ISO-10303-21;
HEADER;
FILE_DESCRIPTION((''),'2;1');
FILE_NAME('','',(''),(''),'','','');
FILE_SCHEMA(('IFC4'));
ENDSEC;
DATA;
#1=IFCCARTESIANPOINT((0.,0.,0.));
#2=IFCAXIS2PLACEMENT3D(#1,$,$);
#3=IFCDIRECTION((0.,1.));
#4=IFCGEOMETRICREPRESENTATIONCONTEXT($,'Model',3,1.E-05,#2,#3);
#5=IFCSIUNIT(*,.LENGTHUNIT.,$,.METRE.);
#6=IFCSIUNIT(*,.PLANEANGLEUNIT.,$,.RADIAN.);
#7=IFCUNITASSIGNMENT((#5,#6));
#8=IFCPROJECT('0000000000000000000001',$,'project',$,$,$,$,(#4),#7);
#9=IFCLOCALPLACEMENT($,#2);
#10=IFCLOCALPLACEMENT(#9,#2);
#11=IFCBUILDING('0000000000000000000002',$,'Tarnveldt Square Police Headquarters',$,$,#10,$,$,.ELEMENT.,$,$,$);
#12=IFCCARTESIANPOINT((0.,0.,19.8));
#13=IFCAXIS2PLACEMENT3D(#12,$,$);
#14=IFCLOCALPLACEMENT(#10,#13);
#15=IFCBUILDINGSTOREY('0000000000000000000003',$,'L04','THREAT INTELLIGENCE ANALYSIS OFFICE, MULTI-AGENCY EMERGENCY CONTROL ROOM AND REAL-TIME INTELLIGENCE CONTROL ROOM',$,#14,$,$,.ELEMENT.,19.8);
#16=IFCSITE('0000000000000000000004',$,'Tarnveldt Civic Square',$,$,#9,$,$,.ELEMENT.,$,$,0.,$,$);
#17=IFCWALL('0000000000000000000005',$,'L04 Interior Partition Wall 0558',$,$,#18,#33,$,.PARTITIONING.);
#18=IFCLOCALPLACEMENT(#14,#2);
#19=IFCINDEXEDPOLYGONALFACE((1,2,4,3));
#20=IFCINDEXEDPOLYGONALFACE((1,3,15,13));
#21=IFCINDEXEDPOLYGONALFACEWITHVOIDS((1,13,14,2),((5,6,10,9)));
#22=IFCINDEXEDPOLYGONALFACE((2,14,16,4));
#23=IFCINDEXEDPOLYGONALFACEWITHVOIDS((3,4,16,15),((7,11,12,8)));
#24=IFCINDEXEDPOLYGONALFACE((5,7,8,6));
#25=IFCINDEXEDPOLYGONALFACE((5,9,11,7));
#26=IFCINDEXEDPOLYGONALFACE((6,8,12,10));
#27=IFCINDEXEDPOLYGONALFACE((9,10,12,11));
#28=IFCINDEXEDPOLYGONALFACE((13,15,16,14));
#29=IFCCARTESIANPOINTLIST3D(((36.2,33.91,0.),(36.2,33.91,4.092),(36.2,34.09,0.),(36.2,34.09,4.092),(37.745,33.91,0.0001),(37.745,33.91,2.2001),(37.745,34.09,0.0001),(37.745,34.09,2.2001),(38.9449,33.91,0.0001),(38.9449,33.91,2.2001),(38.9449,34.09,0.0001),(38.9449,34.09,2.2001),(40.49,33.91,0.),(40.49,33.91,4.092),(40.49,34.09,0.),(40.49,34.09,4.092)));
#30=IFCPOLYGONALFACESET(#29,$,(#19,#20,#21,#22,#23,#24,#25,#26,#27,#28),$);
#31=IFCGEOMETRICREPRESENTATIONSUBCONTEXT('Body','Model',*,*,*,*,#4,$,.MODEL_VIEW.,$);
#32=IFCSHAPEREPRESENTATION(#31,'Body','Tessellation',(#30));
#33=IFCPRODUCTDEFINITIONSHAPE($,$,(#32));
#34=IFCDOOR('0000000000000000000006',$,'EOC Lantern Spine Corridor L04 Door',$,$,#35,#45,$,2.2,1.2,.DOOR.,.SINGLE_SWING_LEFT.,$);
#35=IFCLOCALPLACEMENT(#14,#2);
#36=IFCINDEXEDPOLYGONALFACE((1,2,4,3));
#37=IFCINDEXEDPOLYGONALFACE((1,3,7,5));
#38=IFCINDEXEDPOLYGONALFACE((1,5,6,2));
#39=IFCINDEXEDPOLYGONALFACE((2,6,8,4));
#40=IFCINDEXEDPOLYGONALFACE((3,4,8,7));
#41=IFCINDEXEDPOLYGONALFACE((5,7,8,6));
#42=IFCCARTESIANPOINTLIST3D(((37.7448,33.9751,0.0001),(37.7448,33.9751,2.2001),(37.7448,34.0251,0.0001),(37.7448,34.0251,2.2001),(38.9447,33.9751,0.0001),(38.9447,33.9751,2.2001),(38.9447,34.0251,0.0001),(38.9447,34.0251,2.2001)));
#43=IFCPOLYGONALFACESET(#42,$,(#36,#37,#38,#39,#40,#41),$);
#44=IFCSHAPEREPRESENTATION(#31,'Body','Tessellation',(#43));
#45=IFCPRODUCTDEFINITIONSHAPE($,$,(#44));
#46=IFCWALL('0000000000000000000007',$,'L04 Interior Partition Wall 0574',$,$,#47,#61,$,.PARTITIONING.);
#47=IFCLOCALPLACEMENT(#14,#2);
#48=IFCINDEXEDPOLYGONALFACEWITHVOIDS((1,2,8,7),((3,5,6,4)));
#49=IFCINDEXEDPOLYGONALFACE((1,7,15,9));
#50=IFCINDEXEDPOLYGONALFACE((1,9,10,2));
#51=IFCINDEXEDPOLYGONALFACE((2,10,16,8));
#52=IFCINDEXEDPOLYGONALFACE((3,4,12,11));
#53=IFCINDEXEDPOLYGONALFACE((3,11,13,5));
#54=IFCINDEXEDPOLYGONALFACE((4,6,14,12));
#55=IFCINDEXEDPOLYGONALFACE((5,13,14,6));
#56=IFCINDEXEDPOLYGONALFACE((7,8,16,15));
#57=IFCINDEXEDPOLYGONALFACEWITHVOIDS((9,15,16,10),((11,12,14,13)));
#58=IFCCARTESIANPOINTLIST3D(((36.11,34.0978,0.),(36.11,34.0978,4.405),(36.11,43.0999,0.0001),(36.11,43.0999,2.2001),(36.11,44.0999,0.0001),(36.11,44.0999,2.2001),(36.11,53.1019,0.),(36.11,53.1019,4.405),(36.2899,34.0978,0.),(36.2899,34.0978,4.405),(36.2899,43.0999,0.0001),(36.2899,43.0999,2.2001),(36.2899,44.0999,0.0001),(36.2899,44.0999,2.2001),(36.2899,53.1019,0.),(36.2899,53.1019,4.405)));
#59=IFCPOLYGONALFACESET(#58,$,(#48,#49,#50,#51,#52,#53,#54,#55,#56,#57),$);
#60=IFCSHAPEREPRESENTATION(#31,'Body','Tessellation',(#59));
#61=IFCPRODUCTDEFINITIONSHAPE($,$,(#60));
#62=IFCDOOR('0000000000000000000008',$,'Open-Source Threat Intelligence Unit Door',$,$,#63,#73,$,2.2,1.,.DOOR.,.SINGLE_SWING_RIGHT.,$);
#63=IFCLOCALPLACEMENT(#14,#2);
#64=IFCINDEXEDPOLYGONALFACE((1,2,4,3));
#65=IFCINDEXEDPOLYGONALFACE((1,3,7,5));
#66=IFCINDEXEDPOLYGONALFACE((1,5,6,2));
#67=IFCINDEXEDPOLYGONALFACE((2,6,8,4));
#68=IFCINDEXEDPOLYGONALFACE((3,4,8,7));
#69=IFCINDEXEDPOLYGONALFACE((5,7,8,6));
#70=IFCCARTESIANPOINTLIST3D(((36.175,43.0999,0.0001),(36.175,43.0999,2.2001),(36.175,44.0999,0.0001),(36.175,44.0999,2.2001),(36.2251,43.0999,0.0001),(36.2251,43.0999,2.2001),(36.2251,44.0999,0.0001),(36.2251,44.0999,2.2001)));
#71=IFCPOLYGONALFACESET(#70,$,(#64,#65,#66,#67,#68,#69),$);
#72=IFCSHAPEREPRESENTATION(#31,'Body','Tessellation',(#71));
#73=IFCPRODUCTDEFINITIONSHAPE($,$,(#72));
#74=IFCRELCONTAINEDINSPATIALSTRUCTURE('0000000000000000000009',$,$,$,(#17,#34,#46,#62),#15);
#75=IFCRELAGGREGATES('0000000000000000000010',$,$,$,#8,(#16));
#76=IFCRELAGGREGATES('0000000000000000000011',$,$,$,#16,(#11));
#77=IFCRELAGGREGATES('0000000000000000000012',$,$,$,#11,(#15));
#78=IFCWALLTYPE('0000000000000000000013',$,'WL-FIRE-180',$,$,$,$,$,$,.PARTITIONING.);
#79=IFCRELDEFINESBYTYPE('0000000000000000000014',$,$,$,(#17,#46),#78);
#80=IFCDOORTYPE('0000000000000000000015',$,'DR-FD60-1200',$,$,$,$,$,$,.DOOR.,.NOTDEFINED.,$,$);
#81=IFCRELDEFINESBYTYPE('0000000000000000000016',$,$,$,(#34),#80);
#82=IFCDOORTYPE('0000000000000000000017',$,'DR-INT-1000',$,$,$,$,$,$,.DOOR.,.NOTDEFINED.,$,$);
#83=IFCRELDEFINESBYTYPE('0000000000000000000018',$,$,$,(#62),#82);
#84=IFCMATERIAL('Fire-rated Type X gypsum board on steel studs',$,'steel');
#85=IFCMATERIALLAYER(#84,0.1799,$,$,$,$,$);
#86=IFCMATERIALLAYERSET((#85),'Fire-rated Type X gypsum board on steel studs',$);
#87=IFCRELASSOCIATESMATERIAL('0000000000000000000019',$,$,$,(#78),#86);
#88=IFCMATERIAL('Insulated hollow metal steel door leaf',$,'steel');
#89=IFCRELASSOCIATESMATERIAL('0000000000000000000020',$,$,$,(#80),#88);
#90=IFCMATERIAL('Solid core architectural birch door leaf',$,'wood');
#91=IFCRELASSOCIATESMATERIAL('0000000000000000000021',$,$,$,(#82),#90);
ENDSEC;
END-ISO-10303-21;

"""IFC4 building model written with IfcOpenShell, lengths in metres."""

from ifc_helpers import new_model, si_unit, direction, frame, frame_2d, origin, place, context, subcontext, project, spatial, rectangle, extrude, material, layer, layer_set, type_object, element, fill, save


model = new_model("IFC4")

# Units and contexts
model_context = context("Model", 3, precision=1e-05, world=origin(), true_north=direction((0.0, 1.0)))
body_context = subcontext(model_context, "Body", "Model", "MODEL_VIEW")
ifc_project = project(units=[si_unit("LENGTHUNIT", "METRE"), si_unit("PLANEANGLEUNIT", "RADIAN")], contexts=[model_context])

# Site, building, storey
site_placement = place(None, origin())
site = spatial("IfcSite", under=ifc_project, at=site_placement, Name="Tarnveldt Civic Square", CompositionType="ELEMENT", RefElevation=0.0)
building_placement = place(site_placement, origin())
building = spatial("IfcBuilding", under=site, at=building_placement, Name="Tarnveldt Square Police Headquarters", CompositionType="ELEMENT")
storey_placement = place(building_placement, frame((0.0, 0.0, 19.8)))
storey = spatial("IfcBuildingStorey", under=building, at=storey_placement, Name="L04", Description="THREAT INTELLIGENCE ANALYSIS OFFICE, MULTI-AGENCY EMERGENCY CONTROL ROOM AND REAL-TIME INTELLIGENCE CONTROL ROOM", CompositionType="ELEMENT", Elevation=19.8)

# Shared definitions
ifc_material_1 = material(Name="Fire-rated Type X gypsum board on steel studs", Category="steel")
ifc_layer_1 = layer(ifc_material_1, 0.1799)
ifc_layer_set_1 = layer_set([ifc_layer_1], Name="Fire-rated Type X gypsum board on steel studs")
wall_type = type_object("IfcWallType", Name="WL-FIRE-180", PredefinedType="PARTITIONING", material=ifc_layer_set_1)

# Walls, openings, doors
wall_1_placement = place(storey_placement, frame((36.2, 34.0, 0.0), z_axis=(0.0, 0.0, 1.0), x_axis=(1.0, 0.0, 0.0)))
wall_1 = element("IfcWall", 1, at=wall_1_placement, inside=storey, type_object=wall_type, Name="L04 Interior Partition Wall 0558", PredefinedType="PARTITIONING", context=body_context, shape_type="SweptSolid", body=[
    extrude(rectangle(XDim=4.29, YDim=0.1799, at=frame_2d((2.145, 0.0))), origin(), (0.0, 0.0, 1.0), 4.092),
])
opening_1_placement = place(wall_1_placement, frame((1.5449, 0.0, 0.0)))
opening_1 = element("IfcOpeningElement", 2, at=opening_1_placement, cuts=wall_1, PredefinedType="OPENING", context=body_context, shape_type="SweptSolid", body=[
    extrude(rectangle(XDim=1.2, YDim=2.2, at=frame_2d((0.6001, 1.1001))), frame((0.0, 0.0999, 0.0), z_axis=(0.0, -1.0, 0.0), x_axis=(1.0, 0.0, 0.0)), (0.0, 0.0, 1.0), 0.2),
])
ifc_material_2 = material(Name="Insulated hollow metal steel door leaf", Category="steel")
door_type_1 = type_object("IfcDoorType", Name="DR-FD60-1200", OperationType="NOTDEFINED", PredefinedType="DOOR", material=ifc_material_2)
door_1_placement = place(opening_1_placement, frame((1.2, 0.0, 0.0), z_axis=(0.0, 0.0, 1.0), x_axis=(-1.0, 0.0, 0.0)))
door_1 = element("IfcDoor", 3, at=door_1_placement, inside=storey, type_object=door_type_1, Name="EOC Lantern Spine Corridor L04 Door", OperationType="SINGLE_SWING_LEFT", OverallHeight=2.2, OverallWidth=1.2, PredefinedType="DOOR", context=body_context, shape_type="SweptSolid", body=[
    extrude(rectangle(XDim=1.2, YDim=2.2, at=frame_2d((0.6001, 1.1001))), frame((0.0, 0.0249, 0.0), z_axis=(0.0, -1.0, 0.0), x_axis=(1.0, 0.0, 0.0)), (0.0, 0.0, 1.0), 0.05),
])
fill(opening_1, door_1)
wall_2_placement = place(storey_placement, frame((36.2, 34.0979, 0.0), z_axis=(0.0, 0.0, 1.0), x_axis=(0.0, 1.0, 0.0)))
wall_2 = element("IfcWall", 4, at=wall_2_placement, inside=storey, type_object=wall_type, Name="L04 Interior Partition Wall 0574", PredefinedType="PARTITIONING", context=body_context, shape_type="SweptSolid", body=[
    extrude(rectangle(XDim=19.0042, YDim=0.1799, at=frame_2d((9.502, 0.0))), origin(), (0.0, 0.0, 1.0), 4.405),
])
opening_2_placement = place(wall_2_placement, frame((9.002, 0.0, 0.0)))
opening_2 = element("IfcOpeningElement", 5, at=opening_2_placement, cuts=wall_2, PredefinedType="OPENING", context=body_context, shape_type="SweptSolid", body=[
    extrude(rectangle(XDim=1.0, YDim=2.2, at=frame_2d((0.5, 1.1001))), frame((0.0, 0.0999, 0.0), z_axis=(0.0, -1.0, 0.0), x_axis=(1.0, 0.0, 0.0)), (0.0, 0.0, 1.0), 0.2),
])
ifc_material_3 = material(Name="Solid core architectural birch door leaf", Category="wood")
door_type_2 = type_object("IfcDoorType", Name="DR-INT-1000", OperationType="NOTDEFINED", PredefinedType="DOOR", material=ifc_material_3)
door_2_placement = place(opening_2_placement, origin())
door_2 = element("IfcDoor", 6, at=door_2_placement, inside=storey, type_object=door_type_2, Name="Open-Source Threat Intelligence Unit Door", OperationType="SINGLE_SWING_RIGHT", OverallHeight=2.2, OverallWidth=1.0, PredefinedType="DOOR", context=body_context, shape_type="SweptSolid", body=[
    extrude(rectangle(XDim=1.0, YDim=2.2, at=frame_2d((0.5, 1.1001))), frame((0.0, 0.0249, 0.0), z_axis=(0.0, -1.0, 0.0), x_axis=(1.0, 0.0, 0.0)), (0.0, 0.0, 1.0), 0.05),
])
fill(opening_2, door_2)

save(model, "model.ifc")
